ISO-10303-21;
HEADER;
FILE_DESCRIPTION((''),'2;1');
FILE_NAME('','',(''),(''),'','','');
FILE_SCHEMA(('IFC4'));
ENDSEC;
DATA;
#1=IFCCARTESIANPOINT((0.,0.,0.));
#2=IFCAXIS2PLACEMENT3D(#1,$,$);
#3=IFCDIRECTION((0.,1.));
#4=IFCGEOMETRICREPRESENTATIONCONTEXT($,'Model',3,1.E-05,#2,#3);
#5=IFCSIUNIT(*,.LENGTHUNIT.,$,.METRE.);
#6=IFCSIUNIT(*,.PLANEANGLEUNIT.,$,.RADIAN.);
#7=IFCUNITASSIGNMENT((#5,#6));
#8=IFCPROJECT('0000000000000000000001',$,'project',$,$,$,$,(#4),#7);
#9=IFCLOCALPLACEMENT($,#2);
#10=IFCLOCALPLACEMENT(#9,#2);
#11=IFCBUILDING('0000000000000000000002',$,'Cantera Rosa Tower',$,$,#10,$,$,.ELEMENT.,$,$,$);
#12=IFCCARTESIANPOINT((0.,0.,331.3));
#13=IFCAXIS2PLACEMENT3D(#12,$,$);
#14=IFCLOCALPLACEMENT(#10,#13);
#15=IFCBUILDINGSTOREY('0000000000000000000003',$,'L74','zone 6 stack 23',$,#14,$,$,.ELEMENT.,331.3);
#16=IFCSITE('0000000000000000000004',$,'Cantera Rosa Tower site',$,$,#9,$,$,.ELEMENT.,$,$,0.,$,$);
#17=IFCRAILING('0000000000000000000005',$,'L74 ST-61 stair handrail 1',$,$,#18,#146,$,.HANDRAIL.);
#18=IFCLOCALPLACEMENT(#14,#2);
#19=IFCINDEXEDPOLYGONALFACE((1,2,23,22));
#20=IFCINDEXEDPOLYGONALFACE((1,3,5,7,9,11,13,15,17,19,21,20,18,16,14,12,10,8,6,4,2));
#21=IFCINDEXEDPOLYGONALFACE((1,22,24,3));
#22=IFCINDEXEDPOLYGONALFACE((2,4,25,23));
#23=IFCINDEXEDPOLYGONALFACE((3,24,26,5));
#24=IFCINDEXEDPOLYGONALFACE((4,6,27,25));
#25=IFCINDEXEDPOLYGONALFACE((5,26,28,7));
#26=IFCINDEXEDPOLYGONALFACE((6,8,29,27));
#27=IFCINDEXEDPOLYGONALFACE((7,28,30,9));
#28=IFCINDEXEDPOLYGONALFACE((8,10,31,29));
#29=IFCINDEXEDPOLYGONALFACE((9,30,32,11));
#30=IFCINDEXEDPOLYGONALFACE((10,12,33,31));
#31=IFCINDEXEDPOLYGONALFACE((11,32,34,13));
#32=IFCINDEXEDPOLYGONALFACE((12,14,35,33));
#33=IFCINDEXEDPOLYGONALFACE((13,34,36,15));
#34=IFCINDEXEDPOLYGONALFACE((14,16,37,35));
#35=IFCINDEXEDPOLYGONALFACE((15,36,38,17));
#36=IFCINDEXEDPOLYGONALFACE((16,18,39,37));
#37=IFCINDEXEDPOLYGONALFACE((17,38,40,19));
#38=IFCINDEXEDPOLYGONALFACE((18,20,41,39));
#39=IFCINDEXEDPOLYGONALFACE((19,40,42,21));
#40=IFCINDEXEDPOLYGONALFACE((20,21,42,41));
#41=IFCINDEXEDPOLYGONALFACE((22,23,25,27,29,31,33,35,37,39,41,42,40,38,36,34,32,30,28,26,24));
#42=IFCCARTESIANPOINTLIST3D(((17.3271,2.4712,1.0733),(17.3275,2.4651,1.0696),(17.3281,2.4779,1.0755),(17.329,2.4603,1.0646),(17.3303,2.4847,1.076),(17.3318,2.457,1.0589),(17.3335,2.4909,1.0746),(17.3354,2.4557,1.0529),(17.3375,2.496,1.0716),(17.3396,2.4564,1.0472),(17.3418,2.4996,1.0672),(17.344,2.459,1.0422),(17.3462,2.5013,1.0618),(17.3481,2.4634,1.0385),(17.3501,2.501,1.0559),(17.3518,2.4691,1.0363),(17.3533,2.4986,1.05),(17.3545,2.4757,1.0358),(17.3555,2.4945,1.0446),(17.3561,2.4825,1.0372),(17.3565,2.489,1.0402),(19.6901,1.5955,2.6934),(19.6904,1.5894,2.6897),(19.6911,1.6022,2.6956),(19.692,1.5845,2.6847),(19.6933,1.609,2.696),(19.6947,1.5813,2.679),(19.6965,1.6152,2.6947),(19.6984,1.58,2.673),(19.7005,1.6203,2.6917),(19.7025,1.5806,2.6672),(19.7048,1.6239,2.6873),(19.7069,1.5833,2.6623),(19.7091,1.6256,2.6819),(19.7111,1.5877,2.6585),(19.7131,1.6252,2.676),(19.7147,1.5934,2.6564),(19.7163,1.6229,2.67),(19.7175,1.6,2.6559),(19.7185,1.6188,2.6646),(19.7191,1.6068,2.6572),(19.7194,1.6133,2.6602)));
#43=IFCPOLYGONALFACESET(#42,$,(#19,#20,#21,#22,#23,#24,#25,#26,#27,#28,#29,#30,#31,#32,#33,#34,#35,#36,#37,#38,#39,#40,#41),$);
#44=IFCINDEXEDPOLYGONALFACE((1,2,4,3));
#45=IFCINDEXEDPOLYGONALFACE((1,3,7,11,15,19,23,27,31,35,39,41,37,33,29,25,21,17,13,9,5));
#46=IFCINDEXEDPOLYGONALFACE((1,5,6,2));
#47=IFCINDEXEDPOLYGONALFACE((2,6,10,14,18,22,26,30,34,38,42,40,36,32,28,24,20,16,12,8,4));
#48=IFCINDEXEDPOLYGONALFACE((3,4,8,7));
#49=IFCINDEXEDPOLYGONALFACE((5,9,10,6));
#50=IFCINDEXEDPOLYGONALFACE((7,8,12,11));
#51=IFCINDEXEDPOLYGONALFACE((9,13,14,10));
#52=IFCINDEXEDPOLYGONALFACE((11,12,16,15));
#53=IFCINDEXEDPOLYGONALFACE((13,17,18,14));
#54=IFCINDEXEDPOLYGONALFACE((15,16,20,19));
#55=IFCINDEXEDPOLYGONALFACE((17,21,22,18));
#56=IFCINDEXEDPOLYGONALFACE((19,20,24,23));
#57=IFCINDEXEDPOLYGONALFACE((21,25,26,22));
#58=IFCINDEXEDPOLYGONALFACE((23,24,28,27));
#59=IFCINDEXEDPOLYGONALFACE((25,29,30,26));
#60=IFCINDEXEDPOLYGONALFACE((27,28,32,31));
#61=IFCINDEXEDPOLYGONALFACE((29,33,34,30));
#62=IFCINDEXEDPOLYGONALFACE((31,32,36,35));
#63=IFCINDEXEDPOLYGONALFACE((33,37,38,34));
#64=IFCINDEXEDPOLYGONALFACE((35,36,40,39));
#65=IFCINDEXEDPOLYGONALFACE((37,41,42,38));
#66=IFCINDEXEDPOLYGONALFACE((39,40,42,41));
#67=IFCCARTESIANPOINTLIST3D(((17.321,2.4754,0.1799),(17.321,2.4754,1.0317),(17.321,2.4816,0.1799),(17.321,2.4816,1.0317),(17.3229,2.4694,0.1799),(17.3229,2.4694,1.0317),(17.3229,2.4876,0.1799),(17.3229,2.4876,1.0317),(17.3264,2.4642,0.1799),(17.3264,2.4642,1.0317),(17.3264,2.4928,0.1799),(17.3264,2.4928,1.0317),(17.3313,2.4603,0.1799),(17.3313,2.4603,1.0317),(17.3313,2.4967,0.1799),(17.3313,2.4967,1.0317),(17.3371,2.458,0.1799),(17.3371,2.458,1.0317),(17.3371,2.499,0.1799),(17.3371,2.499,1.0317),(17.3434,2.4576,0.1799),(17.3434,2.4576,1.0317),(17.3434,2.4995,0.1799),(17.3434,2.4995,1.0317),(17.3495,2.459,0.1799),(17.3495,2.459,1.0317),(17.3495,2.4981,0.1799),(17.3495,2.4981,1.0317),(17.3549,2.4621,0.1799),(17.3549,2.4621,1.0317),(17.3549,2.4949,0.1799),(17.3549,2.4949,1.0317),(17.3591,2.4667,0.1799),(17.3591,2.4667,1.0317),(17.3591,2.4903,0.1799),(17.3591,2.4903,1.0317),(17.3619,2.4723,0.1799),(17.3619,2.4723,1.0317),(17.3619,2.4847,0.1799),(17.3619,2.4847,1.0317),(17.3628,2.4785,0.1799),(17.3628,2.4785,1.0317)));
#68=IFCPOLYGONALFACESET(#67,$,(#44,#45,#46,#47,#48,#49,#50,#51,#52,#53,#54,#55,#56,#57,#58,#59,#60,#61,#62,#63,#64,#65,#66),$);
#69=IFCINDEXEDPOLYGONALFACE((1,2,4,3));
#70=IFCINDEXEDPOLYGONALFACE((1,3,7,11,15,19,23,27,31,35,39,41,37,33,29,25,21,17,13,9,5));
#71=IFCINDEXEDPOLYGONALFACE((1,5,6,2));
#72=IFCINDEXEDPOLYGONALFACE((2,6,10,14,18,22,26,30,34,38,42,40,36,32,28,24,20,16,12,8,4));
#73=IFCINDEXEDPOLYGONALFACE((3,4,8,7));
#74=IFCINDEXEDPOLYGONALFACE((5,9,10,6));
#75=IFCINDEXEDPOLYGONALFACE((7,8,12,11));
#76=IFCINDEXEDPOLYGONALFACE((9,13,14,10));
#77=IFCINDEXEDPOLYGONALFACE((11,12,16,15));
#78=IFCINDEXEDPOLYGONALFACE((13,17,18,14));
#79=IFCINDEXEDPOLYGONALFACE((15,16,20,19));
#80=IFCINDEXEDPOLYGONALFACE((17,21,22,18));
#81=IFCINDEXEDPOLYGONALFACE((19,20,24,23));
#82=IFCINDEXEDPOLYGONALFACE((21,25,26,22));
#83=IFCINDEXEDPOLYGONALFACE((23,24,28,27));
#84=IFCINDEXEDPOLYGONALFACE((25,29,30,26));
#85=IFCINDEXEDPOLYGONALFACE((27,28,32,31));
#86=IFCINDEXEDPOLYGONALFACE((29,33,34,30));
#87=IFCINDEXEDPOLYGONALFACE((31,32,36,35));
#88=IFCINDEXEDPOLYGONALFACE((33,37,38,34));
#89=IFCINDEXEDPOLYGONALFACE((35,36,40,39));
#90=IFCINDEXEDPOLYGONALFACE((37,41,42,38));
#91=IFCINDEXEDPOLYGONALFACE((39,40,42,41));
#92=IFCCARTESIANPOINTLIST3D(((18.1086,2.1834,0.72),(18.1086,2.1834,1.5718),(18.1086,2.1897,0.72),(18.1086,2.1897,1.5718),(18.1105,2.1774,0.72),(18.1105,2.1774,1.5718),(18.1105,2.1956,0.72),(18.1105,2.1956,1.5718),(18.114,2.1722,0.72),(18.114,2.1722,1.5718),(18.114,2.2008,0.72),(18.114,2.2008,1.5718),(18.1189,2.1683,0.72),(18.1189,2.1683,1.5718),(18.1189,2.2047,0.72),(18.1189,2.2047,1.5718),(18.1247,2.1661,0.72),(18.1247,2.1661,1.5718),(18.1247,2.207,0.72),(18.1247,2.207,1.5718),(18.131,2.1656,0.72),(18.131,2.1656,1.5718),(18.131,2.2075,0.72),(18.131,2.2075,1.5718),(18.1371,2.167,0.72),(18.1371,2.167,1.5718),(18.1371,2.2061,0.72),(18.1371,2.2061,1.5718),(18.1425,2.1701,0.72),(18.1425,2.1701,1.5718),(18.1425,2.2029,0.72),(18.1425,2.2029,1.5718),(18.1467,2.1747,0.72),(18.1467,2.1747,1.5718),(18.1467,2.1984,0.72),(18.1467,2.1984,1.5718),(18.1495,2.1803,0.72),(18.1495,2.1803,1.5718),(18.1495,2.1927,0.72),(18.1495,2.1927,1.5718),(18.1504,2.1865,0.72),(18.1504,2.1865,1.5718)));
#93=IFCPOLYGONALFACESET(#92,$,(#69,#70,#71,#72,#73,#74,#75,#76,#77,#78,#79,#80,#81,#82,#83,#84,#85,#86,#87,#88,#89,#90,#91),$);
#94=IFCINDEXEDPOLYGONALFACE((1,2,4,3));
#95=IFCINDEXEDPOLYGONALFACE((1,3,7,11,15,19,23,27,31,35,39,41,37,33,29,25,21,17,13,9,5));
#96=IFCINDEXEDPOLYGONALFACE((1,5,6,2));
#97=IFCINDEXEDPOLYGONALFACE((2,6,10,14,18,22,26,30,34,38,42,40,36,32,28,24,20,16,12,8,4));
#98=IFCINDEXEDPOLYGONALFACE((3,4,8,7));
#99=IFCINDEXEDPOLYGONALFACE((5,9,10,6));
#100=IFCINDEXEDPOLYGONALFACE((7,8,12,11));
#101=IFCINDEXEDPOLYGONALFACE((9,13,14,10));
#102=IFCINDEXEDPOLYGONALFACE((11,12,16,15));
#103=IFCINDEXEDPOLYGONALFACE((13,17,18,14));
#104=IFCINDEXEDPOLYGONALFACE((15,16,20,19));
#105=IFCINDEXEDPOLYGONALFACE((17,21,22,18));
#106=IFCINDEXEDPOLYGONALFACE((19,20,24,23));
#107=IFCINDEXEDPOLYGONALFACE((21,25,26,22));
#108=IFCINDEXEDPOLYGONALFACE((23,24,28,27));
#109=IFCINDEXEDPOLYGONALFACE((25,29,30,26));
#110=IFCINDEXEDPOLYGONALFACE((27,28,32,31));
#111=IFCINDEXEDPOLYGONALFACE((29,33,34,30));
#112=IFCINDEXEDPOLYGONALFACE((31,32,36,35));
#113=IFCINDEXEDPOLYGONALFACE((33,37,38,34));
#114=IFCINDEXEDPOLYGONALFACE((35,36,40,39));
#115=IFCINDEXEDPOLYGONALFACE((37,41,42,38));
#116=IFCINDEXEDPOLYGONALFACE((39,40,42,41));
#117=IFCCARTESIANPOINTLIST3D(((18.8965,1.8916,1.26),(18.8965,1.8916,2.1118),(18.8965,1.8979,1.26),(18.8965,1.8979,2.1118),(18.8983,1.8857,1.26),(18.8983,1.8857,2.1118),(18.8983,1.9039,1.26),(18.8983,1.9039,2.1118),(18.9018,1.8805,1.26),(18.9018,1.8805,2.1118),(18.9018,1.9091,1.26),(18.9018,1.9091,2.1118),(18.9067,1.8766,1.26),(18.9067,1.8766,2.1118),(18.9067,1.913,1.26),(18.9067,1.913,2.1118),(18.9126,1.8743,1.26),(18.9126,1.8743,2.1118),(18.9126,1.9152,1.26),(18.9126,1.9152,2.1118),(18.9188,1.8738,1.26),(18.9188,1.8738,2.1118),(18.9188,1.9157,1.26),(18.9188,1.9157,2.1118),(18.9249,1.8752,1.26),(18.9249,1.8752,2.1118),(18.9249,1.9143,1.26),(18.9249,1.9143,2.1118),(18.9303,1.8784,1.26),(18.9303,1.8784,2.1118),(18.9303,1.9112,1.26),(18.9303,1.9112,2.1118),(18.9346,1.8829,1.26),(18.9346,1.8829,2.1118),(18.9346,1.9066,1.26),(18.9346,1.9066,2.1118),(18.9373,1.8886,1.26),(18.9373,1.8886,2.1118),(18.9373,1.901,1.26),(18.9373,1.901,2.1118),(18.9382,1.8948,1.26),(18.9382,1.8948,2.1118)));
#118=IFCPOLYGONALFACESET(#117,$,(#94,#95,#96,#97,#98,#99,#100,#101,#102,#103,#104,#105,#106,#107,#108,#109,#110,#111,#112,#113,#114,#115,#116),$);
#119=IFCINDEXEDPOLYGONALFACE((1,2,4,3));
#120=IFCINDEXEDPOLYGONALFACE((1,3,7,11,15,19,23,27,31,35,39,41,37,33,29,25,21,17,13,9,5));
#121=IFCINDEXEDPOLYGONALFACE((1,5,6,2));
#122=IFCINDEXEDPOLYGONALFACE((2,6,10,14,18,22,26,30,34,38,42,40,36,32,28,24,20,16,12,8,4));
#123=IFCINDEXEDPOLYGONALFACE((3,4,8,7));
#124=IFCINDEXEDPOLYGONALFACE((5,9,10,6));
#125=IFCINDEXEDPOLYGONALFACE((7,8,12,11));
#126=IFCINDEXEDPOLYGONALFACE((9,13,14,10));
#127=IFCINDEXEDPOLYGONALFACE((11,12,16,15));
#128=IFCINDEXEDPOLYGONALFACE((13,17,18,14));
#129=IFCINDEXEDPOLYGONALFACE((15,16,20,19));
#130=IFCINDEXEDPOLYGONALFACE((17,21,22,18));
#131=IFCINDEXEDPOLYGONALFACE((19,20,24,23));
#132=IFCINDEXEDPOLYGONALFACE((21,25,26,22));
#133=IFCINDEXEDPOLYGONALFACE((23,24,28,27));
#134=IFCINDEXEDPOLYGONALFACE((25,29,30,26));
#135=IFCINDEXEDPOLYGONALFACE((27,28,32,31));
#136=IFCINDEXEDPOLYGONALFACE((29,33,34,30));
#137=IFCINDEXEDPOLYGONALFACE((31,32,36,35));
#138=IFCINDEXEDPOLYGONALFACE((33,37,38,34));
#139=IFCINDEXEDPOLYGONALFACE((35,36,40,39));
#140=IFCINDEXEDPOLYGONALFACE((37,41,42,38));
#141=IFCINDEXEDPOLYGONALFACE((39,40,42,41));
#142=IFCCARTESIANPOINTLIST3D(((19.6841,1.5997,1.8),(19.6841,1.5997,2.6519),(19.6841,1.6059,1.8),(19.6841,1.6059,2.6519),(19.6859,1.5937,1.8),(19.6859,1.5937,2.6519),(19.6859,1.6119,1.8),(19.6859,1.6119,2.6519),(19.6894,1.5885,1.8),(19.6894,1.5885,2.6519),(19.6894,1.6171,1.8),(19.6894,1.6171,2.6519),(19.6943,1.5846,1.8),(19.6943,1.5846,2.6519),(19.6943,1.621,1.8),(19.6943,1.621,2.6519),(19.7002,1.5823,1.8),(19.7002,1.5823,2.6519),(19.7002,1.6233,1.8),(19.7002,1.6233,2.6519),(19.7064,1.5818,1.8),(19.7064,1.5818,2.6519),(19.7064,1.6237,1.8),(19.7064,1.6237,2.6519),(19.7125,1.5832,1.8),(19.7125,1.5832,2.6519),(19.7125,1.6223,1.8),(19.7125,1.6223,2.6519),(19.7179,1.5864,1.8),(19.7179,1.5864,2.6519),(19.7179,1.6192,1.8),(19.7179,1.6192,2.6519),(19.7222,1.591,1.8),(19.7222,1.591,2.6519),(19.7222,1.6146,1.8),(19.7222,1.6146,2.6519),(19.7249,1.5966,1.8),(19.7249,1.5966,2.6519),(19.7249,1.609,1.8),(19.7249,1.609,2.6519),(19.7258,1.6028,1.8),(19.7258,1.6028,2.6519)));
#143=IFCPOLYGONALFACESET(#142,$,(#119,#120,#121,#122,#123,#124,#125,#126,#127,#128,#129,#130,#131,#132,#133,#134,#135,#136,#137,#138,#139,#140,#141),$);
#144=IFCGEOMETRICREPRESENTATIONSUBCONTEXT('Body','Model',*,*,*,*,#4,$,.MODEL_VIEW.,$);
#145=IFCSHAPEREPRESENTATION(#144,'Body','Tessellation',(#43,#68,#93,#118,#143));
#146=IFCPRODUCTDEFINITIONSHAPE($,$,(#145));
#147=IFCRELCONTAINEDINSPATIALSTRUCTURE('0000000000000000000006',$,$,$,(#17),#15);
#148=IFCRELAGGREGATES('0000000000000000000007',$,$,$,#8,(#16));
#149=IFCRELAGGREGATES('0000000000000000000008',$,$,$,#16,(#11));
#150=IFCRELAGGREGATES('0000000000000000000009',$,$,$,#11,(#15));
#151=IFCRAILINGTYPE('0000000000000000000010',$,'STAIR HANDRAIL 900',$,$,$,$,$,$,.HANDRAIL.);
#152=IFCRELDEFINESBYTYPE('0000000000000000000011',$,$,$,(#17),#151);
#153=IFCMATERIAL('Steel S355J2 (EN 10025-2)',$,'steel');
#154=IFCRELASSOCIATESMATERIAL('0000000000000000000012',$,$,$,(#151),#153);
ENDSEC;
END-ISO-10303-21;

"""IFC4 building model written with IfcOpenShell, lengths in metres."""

from ifc_helpers import new_model, si_unit, direction, frame, origin, origin_2d, place, context, subcontext, project, spatial, circle, extrude, material, type_object, element, save


model = new_model("IFC4")

# Units and contexts
model_context = context("Model", 3, precision=1e-05, world=origin(), true_north=direction((0.0, 1.0)))
body_context = subcontext(model_context, "Body", "Model", "MODEL_VIEW")
ifc_project = project(units=[si_unit("LENGTHUNIT", "METRE"), si_unit("PLANEANGLEUNIT", "RADIAN")], contexts=[model_context])

# Site, building, storey
site_placement = place(None, origin())
site = spatial("IfcSite", under=ifc_project, at=site_placement, Name="Cantera Rosa Tower site", CompositionType="ELEMENT", RefElevation=0.0)
building_placement = place(site_placement, origin())
building = spatial("IfcBuilding", under=site, at=building_placement, Name="Cantera Rosa Tower", CompositionType="ELEMENT")
storey_placement = place(building_placement, frame((0.0, 0.0, 331.3)))
storey = spatial("IfcBuildingStorey", under=building, at=storey_placement, Name="L74", Description="zone 6 stack 23", CompositionType="ELEMENT", Elevation=331.3)

# Railing
ifc_material_1 = material(Name="Steel S355J2 (EN 10025-2)", Category="steel")
railing_type_1 = type_object("IfcRailingType", Name="STAIR HANDRAIL 900", PredefinedType="HANDRAIL", material=ifc_material_1)
railing_1_placement = place(storey_placement, frame((17.3418, 2.4785, 0.1799)))
element("IfcRailing", 1, at=railing_1_placement, inside=storey, type_object=railing_type_1, Name="L74 ST-61 stair handrail 1", PredefinedType="HANDRAIL", context=body_context, shape_type="SweptSolid", body=[
    extrude(circle(Radius=0.0239, at=origin_2d()), frame((0.0, 0.0, 0.876), z_axis=(0.788748, -0.292307, 0.540772), x_axis=(0.347501, 0.93768, 0.0)), (0.0, 0.0, 1.0), 2.9958),
    extrude(circle(Radius=0.021, at=origin_2d()), origin(), (0.0, 0.0, 1.0), 0.8518),
    extrude(circle(Radius=0.021, at=origin_2d()), frame((0.7876, -0.292, 0.54)), (0.0, 0.0, 1.0), 0.8518),
    extrude(circle(Radius=0.021, at=origin_2d()), frame((1.5754, -0.5837, 1.0801)), (0.0, 0.0, 1.0), 0.8518),
    extrude(circle(Radius=0.021, at=origin_2d()), frame((2.363, -0.8757, 1.6201)), (0.0, 0.0, 1.0), 0.8518),
])

save(model, "model.ifc")
